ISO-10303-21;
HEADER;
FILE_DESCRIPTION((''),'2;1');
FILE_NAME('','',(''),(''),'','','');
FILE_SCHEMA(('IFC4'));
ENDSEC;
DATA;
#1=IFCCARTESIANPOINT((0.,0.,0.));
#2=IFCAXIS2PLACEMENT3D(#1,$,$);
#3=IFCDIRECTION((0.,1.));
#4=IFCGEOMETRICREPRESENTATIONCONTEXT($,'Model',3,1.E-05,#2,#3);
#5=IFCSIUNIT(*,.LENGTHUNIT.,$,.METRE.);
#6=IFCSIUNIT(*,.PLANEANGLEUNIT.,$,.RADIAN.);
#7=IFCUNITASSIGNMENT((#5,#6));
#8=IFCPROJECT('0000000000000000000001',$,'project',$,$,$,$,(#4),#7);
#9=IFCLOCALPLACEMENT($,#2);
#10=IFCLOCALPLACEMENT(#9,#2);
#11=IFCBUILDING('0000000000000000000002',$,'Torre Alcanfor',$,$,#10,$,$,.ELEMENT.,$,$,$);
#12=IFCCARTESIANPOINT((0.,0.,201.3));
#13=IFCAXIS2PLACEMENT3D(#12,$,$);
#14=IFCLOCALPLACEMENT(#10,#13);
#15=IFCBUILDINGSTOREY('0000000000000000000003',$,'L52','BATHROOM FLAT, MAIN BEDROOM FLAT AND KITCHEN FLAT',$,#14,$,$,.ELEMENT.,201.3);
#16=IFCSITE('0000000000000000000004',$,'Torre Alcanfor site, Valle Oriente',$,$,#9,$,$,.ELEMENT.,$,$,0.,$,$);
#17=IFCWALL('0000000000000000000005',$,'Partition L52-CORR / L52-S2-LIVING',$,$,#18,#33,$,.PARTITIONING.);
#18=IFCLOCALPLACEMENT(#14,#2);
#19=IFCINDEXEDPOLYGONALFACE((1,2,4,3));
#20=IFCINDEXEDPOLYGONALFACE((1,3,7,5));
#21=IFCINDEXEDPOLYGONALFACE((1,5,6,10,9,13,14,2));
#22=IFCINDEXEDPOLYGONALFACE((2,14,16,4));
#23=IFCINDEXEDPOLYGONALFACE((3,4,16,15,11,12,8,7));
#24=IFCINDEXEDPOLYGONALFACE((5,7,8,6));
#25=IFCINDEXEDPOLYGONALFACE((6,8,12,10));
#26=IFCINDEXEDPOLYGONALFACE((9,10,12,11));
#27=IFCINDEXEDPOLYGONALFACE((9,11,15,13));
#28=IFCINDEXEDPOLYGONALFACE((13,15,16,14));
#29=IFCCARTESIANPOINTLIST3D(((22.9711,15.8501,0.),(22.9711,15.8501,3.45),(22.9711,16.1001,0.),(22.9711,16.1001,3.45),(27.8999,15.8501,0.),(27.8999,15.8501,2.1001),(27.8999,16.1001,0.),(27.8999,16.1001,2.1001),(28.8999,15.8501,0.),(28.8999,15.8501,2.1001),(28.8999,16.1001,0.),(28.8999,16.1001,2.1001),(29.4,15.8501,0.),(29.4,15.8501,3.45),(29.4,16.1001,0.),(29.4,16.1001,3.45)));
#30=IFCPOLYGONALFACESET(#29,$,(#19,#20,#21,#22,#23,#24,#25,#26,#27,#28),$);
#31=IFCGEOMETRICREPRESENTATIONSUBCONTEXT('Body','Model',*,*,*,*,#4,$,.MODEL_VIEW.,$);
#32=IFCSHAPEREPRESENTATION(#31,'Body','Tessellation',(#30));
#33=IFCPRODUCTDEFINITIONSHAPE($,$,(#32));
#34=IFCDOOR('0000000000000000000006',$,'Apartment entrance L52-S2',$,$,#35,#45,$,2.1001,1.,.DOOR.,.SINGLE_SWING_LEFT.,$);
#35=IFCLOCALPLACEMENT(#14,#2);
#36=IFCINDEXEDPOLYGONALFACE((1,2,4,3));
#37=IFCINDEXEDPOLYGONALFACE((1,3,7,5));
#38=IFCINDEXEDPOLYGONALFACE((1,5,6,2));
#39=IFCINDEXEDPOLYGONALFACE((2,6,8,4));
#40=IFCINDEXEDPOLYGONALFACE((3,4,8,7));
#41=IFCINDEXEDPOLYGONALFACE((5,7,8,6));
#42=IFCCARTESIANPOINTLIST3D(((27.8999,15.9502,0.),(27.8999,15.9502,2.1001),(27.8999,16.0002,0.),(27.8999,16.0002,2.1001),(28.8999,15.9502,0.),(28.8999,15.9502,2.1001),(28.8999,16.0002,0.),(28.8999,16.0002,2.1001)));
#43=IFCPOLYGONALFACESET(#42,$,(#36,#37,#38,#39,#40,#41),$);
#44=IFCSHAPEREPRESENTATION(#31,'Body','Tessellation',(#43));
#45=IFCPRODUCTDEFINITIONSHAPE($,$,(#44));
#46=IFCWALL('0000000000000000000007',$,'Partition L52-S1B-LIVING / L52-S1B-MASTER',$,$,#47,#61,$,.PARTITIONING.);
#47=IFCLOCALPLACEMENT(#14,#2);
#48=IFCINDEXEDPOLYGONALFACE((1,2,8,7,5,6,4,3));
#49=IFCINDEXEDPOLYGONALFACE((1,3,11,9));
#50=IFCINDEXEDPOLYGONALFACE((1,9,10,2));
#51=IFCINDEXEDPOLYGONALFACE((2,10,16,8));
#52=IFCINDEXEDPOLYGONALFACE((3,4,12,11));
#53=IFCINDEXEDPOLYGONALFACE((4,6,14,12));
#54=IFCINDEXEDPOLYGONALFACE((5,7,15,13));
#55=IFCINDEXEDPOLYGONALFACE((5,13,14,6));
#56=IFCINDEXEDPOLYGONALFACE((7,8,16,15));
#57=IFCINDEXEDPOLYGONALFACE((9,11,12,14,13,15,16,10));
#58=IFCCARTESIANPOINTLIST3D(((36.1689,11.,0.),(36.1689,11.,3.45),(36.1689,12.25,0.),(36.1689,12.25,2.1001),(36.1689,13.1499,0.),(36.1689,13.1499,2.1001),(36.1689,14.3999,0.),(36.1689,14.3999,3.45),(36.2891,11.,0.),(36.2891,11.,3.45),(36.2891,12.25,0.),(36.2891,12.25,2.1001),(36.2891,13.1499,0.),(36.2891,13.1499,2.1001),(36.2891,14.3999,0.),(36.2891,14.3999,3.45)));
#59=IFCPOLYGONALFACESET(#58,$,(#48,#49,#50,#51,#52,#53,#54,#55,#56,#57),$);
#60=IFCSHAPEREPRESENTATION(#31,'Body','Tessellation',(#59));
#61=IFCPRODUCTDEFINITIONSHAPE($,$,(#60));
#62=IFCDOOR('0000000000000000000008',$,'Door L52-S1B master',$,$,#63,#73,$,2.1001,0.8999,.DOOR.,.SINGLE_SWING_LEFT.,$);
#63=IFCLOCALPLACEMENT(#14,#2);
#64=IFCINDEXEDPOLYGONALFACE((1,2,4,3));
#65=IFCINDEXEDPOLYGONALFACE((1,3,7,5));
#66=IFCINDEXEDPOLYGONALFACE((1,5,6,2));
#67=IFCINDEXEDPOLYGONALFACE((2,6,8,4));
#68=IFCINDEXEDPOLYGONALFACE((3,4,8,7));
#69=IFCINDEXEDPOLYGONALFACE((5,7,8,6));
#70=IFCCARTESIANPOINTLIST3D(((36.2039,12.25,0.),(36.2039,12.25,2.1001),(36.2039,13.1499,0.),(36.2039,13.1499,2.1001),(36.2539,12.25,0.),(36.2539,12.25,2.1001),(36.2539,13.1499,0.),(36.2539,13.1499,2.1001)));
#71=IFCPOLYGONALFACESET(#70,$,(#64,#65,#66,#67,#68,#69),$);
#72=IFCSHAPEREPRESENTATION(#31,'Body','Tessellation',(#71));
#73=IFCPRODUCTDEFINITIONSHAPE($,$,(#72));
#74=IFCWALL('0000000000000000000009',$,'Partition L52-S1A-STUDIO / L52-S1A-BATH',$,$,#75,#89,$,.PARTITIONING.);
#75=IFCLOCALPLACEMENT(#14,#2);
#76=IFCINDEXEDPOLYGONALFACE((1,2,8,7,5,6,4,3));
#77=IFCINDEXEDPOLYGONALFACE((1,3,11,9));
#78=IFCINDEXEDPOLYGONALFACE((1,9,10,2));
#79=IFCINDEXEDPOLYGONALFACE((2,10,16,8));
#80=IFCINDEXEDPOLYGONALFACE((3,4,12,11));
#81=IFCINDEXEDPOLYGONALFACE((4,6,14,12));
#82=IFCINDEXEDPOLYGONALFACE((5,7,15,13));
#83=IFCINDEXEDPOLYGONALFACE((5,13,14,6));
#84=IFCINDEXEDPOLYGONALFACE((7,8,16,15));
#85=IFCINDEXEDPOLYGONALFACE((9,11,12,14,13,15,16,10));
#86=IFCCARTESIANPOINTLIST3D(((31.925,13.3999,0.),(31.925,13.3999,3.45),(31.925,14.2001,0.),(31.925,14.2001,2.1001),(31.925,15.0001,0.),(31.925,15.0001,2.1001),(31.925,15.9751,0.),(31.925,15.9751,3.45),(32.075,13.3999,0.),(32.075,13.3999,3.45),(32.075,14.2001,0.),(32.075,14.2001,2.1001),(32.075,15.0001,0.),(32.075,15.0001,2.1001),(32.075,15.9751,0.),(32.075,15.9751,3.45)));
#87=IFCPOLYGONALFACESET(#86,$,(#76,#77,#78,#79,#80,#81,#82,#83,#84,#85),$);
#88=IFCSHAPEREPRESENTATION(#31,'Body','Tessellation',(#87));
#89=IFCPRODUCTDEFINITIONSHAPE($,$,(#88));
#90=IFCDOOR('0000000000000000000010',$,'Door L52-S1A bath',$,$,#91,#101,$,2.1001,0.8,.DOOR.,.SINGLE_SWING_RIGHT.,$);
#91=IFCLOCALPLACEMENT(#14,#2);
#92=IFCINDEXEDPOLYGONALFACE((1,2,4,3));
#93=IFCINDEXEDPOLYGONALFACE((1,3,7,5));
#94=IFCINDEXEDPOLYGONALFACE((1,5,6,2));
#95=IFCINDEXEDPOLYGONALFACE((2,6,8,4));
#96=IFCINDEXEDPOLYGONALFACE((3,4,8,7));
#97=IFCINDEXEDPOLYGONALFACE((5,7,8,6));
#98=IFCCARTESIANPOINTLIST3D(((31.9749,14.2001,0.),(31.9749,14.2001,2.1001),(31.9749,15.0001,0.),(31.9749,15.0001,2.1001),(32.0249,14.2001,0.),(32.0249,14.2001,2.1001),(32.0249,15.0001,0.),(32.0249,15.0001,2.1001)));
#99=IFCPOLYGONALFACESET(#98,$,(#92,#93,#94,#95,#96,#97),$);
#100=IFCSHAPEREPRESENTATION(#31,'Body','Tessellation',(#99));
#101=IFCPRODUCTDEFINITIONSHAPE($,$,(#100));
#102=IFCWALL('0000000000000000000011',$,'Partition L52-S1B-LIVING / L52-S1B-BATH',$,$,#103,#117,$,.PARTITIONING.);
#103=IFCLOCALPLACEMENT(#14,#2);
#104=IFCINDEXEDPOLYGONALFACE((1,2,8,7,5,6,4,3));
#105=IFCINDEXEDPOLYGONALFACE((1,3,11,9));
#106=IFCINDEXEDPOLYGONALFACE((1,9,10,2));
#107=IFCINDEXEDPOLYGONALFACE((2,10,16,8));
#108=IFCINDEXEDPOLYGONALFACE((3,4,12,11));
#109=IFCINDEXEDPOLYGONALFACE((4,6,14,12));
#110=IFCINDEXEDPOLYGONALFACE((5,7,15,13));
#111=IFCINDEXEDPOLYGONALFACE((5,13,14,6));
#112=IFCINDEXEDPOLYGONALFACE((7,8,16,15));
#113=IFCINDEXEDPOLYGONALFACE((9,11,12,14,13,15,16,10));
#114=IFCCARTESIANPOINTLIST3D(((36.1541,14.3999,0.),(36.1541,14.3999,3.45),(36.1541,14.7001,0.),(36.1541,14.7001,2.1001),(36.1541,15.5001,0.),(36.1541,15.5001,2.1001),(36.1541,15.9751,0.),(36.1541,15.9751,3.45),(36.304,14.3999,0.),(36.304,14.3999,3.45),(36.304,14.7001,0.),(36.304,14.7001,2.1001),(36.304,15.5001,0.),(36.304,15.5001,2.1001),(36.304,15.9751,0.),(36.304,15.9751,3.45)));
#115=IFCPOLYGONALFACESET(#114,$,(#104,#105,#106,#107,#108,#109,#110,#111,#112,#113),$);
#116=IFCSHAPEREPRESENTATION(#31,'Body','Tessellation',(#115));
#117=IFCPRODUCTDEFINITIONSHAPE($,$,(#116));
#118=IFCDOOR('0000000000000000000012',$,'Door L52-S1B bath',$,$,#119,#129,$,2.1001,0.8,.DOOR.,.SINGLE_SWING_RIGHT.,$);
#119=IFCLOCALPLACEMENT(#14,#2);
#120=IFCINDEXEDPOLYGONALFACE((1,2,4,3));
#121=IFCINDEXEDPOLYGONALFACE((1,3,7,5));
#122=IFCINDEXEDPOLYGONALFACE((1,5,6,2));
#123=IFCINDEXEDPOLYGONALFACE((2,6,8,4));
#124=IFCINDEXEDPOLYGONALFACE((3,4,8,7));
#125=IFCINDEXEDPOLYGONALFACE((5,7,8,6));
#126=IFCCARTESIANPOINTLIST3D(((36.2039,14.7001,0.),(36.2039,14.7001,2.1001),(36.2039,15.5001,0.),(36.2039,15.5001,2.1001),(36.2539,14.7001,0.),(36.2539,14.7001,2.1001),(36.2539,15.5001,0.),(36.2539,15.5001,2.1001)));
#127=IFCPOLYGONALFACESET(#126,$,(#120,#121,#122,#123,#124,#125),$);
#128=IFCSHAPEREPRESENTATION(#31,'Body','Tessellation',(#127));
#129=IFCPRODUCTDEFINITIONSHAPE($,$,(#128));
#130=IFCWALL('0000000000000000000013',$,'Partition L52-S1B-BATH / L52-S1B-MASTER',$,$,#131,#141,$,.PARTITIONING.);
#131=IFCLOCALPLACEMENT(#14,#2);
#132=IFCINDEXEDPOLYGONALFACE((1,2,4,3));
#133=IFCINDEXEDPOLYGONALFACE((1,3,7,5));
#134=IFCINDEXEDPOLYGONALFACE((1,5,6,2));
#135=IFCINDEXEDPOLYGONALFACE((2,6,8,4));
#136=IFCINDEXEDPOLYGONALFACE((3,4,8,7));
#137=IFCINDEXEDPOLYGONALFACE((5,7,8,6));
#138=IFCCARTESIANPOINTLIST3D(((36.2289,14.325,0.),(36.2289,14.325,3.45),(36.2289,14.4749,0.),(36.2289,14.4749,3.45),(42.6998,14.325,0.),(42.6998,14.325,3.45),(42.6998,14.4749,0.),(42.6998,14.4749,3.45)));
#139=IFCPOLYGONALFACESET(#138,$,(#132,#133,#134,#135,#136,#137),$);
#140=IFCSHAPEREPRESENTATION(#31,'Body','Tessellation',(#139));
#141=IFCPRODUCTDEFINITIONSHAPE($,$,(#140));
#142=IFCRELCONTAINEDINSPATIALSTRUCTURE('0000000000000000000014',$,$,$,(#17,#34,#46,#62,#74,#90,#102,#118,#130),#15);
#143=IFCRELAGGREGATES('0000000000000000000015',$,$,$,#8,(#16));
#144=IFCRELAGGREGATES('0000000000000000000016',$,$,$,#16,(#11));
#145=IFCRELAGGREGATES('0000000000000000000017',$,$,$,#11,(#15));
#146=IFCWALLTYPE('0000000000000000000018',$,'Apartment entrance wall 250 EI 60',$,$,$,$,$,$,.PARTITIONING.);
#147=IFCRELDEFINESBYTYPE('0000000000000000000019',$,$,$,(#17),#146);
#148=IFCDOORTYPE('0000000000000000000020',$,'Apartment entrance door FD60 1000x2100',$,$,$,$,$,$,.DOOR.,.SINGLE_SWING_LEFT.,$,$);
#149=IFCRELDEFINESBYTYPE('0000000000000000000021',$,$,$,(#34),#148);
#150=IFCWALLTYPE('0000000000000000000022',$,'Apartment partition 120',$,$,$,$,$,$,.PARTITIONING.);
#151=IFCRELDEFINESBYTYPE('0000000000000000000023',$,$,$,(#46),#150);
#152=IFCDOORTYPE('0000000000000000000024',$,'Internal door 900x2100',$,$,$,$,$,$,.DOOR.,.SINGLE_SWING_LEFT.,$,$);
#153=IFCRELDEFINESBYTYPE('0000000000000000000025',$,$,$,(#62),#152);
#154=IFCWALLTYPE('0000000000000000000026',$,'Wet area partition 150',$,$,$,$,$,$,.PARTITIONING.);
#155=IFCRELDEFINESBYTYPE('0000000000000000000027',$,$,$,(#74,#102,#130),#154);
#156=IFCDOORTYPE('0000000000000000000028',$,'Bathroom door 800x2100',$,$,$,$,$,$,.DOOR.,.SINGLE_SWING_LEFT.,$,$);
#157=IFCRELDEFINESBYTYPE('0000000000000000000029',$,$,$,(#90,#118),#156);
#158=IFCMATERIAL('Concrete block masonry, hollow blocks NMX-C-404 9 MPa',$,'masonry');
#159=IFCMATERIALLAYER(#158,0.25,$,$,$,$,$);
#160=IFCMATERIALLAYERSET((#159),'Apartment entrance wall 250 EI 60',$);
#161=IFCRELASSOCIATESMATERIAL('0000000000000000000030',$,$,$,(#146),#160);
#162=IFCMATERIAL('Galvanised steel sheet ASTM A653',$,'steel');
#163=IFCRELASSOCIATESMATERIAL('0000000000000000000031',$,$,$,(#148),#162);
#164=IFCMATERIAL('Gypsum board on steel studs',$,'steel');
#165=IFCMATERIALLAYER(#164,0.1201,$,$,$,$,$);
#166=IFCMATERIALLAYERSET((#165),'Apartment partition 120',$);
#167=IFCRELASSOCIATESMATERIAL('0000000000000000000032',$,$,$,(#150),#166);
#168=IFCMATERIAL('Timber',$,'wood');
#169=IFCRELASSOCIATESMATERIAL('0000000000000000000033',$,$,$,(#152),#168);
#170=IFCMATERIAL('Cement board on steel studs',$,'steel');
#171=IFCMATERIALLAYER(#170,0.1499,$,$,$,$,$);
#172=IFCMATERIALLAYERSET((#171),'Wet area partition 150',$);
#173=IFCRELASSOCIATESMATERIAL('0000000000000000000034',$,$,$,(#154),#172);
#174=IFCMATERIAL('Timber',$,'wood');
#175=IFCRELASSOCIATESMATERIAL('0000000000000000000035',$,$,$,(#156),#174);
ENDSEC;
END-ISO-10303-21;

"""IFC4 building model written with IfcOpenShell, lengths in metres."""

from ifc_helpers import new_model, si_unit, direction, frame, frame_2d, origin, place, context, subcontext, project, spatial, rectangle, extrude, material, layer, layer_set, type_object, element, fill, save


model = new_model("IFC4")

# Units and contexts
model_context = context("Model", 3, precision=1e-05, world=origin(), true_north=direction((0.0, 1.0)))
body_context = subcontext(model_context, "Body", "Model", "MODEL_VIEW")
ifc_project = project(units=[si_unit("LENGTHUNIT", "METRE"), si_unit("PLANEANGLEUNIT", "RADIAN")], contexts=[model_context])

# Site, building, storey
site_placement = place(None, origin())
site = spatial("IfcSite", under=ifc_project, at=site_placement, Name="Torre Alcanfor site, Valle Oriente", CompositionType="ELEMENT", RefElevation=0.0)
building_placement = place(site_placement, origin())
building = spatial("IfcBuilding", under=site, at=building_placement, Name="Torre Alcanfor", CompositionType="ELEMENT")
storey_placement = place(building_placement, frame((0.0, 0.0, 201.3)))
storey = spatial("IfcBuildingStorey", under=building, at=storey_placement, Name="L52", Description="BATHROOM FLAT, MAIN BEDROOM FLAT AND KITCHEN FLAT", CompositionType="ELEMENT", Elevation=201.3)

# Shared definitions
ifc_material_1 = material(Name="Concrete block masonry, hollow blocks NMX-C-404 9 MPa", Category="masonry")
ifc_layer_1 = layer(ifc_material_1, 0.25)
ifc_layer_set_1 = layer_set([ifc_layer_1], Name="Apartment entrance wall 250 EI 60")
wall_type_1 = type_object("IfcWallType", Name="Apartment entrance wall 250 EI 60", PredefinedType="PARTITIONING", material=ifc_layer_set_1)
ifc_material_2 = material(Name="Galvanised steel sheet ASTM A653", Category="steel")
door_type_1 = type_object("IfcDoorType", Name="Apartment entrance door FD60 1000x2100", OperationType="SINGLE_SWING_LEFT", PredefinedType="DOOR", material=ifc_material_2)

# Walls, openings, doors
wall_1_placement = place(storey_placement, frame((29.3999, 15.9751, 0.0), z_axis=(0.0, 0.0, 1.0), x_axis=(-1.0, 0.0, 0.0)))
wall_1 = element("IfcWall", 1, at=wall_1_placement, inside=storey, type_object=wall_type_1, Name="Partition L52-CORR / L52-S2-LIVING", PredefinedType="PARTITIONING", context=body_context, shape_type="SweptSolid", body=[
    extrude(rectangle(XDim=6.429, YDim=0.25, at=frame_2d((3.2144, 0.0))), origin(), (0.0, 0.0, 1.0), 3.45),
])
opening_1_placement = place(wall_1_placement, frame((0.5, 0.0, 0.0)))
opening_1 = element("IfcOpeningElement", 2, at=opening_1_placement, cuts=wall_1, PredefinedType="OPENING", context=body_context, shape_type="SweptSolid", body=[
    extrude(rectangle(XDim=1.0, YDim=2.1001, at=frame_2d((0.5, 1.05))), frame((0.0, 0.135, 0.0), z_axis=(0.0, -1.0, 0.0), x_axis=(1.0, 0.0, 0.0)), (0.0, 0.0, 1.0), 0.27),
])
door_1_placement = place(opening_1_placement, origin())
door_1 = element("IfcDoor", 3, at=door_1_placement, inside=storey, type_object=door_type_1, Name="Apartment entrance L52-S2", OperationType="SINGLE_SWING_LEFT", OverallHeight=2.1001, OverallWidth=1.0, PredefinedType="DOOR", context=body_context, shape_type="SweptSolid", body=[
    extrude(rectangle(XDim=1.0, YDim=2.1001, at=frame_2d((0.5, 1.05))), frame((0.0, 0.0249, 0.0), z_axis=(0.0, -1.0, 0.0), x_axis=(1.0, 0.0, 0.0)), (0.0, 0.0, 1.0), 0.05),
])
fill(opening_1, door_1)
ifc_material_3 = material(Name="Gypsum board on steel studs", Category="steel")
ifc_layer_2 = layer(ifc_material_3, 0.1201)
ifc_layer_set_2 = layer_set([ifc_layer_2], Name="Apartment partition 120")
wall_type_2 = type_object("IfcWallType", Name="Apartment partition 120", PredefinedType="PARTITIONING", material=ifc_layer_set_2)
wall_2_placement = place(storey_placement, frame((36.229, 14.3999, 0.0), z_axis=(0.0, 0.0, 1.0), x_axis=(0.0, -1.0, 0.0)))
wall_2 = element("IfcWall", 4, at=wall_2_placement, inside=storey, type_object=wall_type_2, Name="Partition L52-S1B-LIVING / L52-S1B-MASTER", PredefinedType="PARTITIONING", context=body_context, shape_type="SweptSolid", body=[
    extrude(rectangle(XDim=3.3999, YDim=0.1201, at=frame_2d((1.7, 0.0))), origin(), (0.0, 0.0, 1.0), 3.45),
])
opening_2_placement = place(wall_2_placement, frame((1.25, 0.0, 0.0)))
opening_2 = element("IfcOpeningElement", 5, at=opening_2_placement, cuts=wall_2, PredefinedType="OPENING", context=body_context, shape_type="SweptSolid", body=[
    extrude(rectangle(XDim=0.8999, YDim=2.1001, at=frame_2d((0.45, 1.05))), frame((0.0, 0.0701, 0.0), z_axis=(0.0, -1.0, 0.0), x_axis=(1.0, 0.0, 0.0)), (0.0, 0.0, 1.0), 0.1401),
])
ifc_material_4 = material(Name="Timber", Category="wood")
door_type_2 = type_object("IfcDoorType", Name="Internal door 900x2100", OperationType="SINGLE_SWING_LEFT", PredefinedType="DOOR", material=ifc_material_4)
door_2_placement = place(opening_2_placement, origin())
door_2 = element("IfcDoor", 6, at=door_2_placement, inside=storey, type_object=door_type_2, Name="Door L52-S1B master", OperationType="SINGLE_SWING_LEFT", OverallHeight=2.1001, OverallWidth=0.8999, PredefinedType="DOOR", context=body_context, shape_type="SweptSolid", body=[
    extrude(rectangle(XDim=0.8999, YDim=2.1001, at=frame_2d((0.45, 1.05))), frame((0.0, 0.0249, 0.0), z_axis=(0.0, -1.0, 0.0), x_axis=(1.0, 0.0, 0.0)), (0.0, 0.0, 1.0), 0.05),
])
fill(opening_2, door_2)
ifc_material_5 = material(Name="Cement board on steel studs", Category="steel")
ifc_layer_3 = layer(ifc_material_5, 0.1499)
ifc_layer_set_3 = layer_set([ifc_layer_3], Name="Wet area partition 150")
wall_type_3 = type_object("IfcWallType", Name="Wet area partition 150", PredefinedType="PARTITIONING", material=ifc_layer_set_3)
wall_3_placement = place(storey_placement, frame((32.0, 15.9751, 0.0), z_axis=(0.0, 0.0, 1.0), x_axis=(0.0, -1.0, 0.0)))
wall_3 = element("IfcWall", 7, at=wall_3_placement, inside=storey, type_object=wall_type_3, Name="Partition L52-S1A-STUDIO / L52-S1A-BATH", PredefinedType="PARTITIONING", context=body_context, shape_type="SweptSolid", body=[
    extrude(rectangle(XDim=2.5752, YDim=0.1499, at=frame_2d((1.2876, 0.0))), origin(), (0.0, 0.0, 1.0), 3.45),
])
opening_3_placement = place(wall_3_placement, frame((0.9751, 0.0, 0.0)))
opening_3 = element("IfcOpeningElement", 8, at=opening_3_placement, cuts=wall_3, PredefinedType="OPENING", context=body_context, shape_type="SweptSolid", body=[
    extrude(rectangle(XDim=0.8, YDim=2.1001, at=frame_2d((0.3999, 1.05))), frame((0.0, 0.085, 0.0), z_axis=(0.0, -1.0, 0.0), x_axis=(1.0, 0.0, 0.0)), (0.0, 0.0, 1.0), 0.1699),
])
ifc_material_6 = material(Name="Timber", Category="wood")
door_type_3 = type_object("IfcDoorType", Name="Bathroom door 800x2100", OperationType="SINGLE_SWING_LEFT", PredefinedType="DOOR", material=ifc_material_6)
door_3_placement = place(opening_3_placement, origin())
door_3 = element("IfcDoor", 9, at=door_3_placement, inside=storey, type_object=door_type_3, Name="Door L52-S1A bath", OperationType="SINGLE_SWING_RIGHT", OverallHeight=2.1001, OverallWidth=0.8, PredefinedType="DOOR", context=body_context, shape_type="SweptSolid", body=[
    extrude(rectangle(XDim=0.8, YDim=2.1001, at=frame_2d((0.3999, 1.05))), frame((0.0, 0.0249, 0.0), z_axis=(0.0, -1.0, 0.0), x_axis=(1.0, 0.0, 0.0)), (0.0, 0.0, 1.0), 0.05),
])
fill(opening_3, door_3)
wall_4_placement = place(storey_placement, frame((36.229, 15.9751, 0.0), z_axis=(0.0, 0.0, 1.0), x_axis=(0.0, -1.0, 0.0)))
wall_4 = element("IfcWall", 10, at=wall_4_placement, inside=storey, type_object=wall_type_3, Name="Partition L52-S1B-LIVING / L52-S1B-BATH", PredefinedType="PARTITIONING", context=body_context, shape_type="SweptSolid", body=[
    extrude(rectangle(XDim=1.5752, YDim=0.1499, at=frame_2d((0.7876, 0.0))), origin(), (0.0, 0.0, 1.0), 3.45),
])
opening_4_placement = place(wall_4_placement, frame((0.4751, 0.0, 0.0)))
opening_4 = element("IfcOpeningElement", 11, at=opening_4_placement, cuts=wall_4, PredefinedType="OPENING", context=body_context, shape_type="SweptSolid", body=[
    extrude(rectangle(XDim=0.8, YDim=2.1001, at=frame_2d((0.3999, 1.05))), frame((0.0, 0.085, 0.0), z_axis=(0.0, -1.0, 0.0), x_axis=(1.0, 0.0, 0.0)), (0.0, 0.0, 1.0), 0.1699),
])
door_4_placement = place(opening_4_placement, origin())
door_4 = element("IfcDoor", 12, at=door_4_placement, inside=storey, type_object=door_type_3, Name="Door L52-S1B bath", OperationType="SINGLE_SWING_RIGHT", OverallHeight=2.1001, OverallWidth=0.8, PredefinedType="DOOR", context=body_context, shape_type="SweptSolid", body=[
    extrude(rectangle(XDim=0.8, YDim=2.1001, at=frame_2d((0.3999, 1.05))), frame((0.0, 0.0249, 0.0), z_axis=(0.0, -1.0, 0.0), x_axis=(1.0, 0.0, 0.0)), (0.0, 0.0, 1.0), 0.05),
])
fill(opening_4, door_4)

# Wall
wall_5_placement = place(storey_placement, frame((36.229, 14.3999, 0.0), z_axis=(0.0, 0.0, 1.0), x_axis=(1.0, 0.0, 0.0)))
element("IfcWall", 13, at=wall_5_placement, inside=storey, type_object=wall_type_3, Name="Partition L52-S1B-BATH / L52-S1B-MASTER", PredefinedType="PARTITIONING", context=body_context, shape_type="SweptSolid", body=[
    extrude(rectangle(XDim=6.4709, YDim=0.1499, at=frame_2d((3.2354, 0.0))), origin(), (0.0, 0.0, 1.0), 3.45),
])

save(model, "model.ifc")
